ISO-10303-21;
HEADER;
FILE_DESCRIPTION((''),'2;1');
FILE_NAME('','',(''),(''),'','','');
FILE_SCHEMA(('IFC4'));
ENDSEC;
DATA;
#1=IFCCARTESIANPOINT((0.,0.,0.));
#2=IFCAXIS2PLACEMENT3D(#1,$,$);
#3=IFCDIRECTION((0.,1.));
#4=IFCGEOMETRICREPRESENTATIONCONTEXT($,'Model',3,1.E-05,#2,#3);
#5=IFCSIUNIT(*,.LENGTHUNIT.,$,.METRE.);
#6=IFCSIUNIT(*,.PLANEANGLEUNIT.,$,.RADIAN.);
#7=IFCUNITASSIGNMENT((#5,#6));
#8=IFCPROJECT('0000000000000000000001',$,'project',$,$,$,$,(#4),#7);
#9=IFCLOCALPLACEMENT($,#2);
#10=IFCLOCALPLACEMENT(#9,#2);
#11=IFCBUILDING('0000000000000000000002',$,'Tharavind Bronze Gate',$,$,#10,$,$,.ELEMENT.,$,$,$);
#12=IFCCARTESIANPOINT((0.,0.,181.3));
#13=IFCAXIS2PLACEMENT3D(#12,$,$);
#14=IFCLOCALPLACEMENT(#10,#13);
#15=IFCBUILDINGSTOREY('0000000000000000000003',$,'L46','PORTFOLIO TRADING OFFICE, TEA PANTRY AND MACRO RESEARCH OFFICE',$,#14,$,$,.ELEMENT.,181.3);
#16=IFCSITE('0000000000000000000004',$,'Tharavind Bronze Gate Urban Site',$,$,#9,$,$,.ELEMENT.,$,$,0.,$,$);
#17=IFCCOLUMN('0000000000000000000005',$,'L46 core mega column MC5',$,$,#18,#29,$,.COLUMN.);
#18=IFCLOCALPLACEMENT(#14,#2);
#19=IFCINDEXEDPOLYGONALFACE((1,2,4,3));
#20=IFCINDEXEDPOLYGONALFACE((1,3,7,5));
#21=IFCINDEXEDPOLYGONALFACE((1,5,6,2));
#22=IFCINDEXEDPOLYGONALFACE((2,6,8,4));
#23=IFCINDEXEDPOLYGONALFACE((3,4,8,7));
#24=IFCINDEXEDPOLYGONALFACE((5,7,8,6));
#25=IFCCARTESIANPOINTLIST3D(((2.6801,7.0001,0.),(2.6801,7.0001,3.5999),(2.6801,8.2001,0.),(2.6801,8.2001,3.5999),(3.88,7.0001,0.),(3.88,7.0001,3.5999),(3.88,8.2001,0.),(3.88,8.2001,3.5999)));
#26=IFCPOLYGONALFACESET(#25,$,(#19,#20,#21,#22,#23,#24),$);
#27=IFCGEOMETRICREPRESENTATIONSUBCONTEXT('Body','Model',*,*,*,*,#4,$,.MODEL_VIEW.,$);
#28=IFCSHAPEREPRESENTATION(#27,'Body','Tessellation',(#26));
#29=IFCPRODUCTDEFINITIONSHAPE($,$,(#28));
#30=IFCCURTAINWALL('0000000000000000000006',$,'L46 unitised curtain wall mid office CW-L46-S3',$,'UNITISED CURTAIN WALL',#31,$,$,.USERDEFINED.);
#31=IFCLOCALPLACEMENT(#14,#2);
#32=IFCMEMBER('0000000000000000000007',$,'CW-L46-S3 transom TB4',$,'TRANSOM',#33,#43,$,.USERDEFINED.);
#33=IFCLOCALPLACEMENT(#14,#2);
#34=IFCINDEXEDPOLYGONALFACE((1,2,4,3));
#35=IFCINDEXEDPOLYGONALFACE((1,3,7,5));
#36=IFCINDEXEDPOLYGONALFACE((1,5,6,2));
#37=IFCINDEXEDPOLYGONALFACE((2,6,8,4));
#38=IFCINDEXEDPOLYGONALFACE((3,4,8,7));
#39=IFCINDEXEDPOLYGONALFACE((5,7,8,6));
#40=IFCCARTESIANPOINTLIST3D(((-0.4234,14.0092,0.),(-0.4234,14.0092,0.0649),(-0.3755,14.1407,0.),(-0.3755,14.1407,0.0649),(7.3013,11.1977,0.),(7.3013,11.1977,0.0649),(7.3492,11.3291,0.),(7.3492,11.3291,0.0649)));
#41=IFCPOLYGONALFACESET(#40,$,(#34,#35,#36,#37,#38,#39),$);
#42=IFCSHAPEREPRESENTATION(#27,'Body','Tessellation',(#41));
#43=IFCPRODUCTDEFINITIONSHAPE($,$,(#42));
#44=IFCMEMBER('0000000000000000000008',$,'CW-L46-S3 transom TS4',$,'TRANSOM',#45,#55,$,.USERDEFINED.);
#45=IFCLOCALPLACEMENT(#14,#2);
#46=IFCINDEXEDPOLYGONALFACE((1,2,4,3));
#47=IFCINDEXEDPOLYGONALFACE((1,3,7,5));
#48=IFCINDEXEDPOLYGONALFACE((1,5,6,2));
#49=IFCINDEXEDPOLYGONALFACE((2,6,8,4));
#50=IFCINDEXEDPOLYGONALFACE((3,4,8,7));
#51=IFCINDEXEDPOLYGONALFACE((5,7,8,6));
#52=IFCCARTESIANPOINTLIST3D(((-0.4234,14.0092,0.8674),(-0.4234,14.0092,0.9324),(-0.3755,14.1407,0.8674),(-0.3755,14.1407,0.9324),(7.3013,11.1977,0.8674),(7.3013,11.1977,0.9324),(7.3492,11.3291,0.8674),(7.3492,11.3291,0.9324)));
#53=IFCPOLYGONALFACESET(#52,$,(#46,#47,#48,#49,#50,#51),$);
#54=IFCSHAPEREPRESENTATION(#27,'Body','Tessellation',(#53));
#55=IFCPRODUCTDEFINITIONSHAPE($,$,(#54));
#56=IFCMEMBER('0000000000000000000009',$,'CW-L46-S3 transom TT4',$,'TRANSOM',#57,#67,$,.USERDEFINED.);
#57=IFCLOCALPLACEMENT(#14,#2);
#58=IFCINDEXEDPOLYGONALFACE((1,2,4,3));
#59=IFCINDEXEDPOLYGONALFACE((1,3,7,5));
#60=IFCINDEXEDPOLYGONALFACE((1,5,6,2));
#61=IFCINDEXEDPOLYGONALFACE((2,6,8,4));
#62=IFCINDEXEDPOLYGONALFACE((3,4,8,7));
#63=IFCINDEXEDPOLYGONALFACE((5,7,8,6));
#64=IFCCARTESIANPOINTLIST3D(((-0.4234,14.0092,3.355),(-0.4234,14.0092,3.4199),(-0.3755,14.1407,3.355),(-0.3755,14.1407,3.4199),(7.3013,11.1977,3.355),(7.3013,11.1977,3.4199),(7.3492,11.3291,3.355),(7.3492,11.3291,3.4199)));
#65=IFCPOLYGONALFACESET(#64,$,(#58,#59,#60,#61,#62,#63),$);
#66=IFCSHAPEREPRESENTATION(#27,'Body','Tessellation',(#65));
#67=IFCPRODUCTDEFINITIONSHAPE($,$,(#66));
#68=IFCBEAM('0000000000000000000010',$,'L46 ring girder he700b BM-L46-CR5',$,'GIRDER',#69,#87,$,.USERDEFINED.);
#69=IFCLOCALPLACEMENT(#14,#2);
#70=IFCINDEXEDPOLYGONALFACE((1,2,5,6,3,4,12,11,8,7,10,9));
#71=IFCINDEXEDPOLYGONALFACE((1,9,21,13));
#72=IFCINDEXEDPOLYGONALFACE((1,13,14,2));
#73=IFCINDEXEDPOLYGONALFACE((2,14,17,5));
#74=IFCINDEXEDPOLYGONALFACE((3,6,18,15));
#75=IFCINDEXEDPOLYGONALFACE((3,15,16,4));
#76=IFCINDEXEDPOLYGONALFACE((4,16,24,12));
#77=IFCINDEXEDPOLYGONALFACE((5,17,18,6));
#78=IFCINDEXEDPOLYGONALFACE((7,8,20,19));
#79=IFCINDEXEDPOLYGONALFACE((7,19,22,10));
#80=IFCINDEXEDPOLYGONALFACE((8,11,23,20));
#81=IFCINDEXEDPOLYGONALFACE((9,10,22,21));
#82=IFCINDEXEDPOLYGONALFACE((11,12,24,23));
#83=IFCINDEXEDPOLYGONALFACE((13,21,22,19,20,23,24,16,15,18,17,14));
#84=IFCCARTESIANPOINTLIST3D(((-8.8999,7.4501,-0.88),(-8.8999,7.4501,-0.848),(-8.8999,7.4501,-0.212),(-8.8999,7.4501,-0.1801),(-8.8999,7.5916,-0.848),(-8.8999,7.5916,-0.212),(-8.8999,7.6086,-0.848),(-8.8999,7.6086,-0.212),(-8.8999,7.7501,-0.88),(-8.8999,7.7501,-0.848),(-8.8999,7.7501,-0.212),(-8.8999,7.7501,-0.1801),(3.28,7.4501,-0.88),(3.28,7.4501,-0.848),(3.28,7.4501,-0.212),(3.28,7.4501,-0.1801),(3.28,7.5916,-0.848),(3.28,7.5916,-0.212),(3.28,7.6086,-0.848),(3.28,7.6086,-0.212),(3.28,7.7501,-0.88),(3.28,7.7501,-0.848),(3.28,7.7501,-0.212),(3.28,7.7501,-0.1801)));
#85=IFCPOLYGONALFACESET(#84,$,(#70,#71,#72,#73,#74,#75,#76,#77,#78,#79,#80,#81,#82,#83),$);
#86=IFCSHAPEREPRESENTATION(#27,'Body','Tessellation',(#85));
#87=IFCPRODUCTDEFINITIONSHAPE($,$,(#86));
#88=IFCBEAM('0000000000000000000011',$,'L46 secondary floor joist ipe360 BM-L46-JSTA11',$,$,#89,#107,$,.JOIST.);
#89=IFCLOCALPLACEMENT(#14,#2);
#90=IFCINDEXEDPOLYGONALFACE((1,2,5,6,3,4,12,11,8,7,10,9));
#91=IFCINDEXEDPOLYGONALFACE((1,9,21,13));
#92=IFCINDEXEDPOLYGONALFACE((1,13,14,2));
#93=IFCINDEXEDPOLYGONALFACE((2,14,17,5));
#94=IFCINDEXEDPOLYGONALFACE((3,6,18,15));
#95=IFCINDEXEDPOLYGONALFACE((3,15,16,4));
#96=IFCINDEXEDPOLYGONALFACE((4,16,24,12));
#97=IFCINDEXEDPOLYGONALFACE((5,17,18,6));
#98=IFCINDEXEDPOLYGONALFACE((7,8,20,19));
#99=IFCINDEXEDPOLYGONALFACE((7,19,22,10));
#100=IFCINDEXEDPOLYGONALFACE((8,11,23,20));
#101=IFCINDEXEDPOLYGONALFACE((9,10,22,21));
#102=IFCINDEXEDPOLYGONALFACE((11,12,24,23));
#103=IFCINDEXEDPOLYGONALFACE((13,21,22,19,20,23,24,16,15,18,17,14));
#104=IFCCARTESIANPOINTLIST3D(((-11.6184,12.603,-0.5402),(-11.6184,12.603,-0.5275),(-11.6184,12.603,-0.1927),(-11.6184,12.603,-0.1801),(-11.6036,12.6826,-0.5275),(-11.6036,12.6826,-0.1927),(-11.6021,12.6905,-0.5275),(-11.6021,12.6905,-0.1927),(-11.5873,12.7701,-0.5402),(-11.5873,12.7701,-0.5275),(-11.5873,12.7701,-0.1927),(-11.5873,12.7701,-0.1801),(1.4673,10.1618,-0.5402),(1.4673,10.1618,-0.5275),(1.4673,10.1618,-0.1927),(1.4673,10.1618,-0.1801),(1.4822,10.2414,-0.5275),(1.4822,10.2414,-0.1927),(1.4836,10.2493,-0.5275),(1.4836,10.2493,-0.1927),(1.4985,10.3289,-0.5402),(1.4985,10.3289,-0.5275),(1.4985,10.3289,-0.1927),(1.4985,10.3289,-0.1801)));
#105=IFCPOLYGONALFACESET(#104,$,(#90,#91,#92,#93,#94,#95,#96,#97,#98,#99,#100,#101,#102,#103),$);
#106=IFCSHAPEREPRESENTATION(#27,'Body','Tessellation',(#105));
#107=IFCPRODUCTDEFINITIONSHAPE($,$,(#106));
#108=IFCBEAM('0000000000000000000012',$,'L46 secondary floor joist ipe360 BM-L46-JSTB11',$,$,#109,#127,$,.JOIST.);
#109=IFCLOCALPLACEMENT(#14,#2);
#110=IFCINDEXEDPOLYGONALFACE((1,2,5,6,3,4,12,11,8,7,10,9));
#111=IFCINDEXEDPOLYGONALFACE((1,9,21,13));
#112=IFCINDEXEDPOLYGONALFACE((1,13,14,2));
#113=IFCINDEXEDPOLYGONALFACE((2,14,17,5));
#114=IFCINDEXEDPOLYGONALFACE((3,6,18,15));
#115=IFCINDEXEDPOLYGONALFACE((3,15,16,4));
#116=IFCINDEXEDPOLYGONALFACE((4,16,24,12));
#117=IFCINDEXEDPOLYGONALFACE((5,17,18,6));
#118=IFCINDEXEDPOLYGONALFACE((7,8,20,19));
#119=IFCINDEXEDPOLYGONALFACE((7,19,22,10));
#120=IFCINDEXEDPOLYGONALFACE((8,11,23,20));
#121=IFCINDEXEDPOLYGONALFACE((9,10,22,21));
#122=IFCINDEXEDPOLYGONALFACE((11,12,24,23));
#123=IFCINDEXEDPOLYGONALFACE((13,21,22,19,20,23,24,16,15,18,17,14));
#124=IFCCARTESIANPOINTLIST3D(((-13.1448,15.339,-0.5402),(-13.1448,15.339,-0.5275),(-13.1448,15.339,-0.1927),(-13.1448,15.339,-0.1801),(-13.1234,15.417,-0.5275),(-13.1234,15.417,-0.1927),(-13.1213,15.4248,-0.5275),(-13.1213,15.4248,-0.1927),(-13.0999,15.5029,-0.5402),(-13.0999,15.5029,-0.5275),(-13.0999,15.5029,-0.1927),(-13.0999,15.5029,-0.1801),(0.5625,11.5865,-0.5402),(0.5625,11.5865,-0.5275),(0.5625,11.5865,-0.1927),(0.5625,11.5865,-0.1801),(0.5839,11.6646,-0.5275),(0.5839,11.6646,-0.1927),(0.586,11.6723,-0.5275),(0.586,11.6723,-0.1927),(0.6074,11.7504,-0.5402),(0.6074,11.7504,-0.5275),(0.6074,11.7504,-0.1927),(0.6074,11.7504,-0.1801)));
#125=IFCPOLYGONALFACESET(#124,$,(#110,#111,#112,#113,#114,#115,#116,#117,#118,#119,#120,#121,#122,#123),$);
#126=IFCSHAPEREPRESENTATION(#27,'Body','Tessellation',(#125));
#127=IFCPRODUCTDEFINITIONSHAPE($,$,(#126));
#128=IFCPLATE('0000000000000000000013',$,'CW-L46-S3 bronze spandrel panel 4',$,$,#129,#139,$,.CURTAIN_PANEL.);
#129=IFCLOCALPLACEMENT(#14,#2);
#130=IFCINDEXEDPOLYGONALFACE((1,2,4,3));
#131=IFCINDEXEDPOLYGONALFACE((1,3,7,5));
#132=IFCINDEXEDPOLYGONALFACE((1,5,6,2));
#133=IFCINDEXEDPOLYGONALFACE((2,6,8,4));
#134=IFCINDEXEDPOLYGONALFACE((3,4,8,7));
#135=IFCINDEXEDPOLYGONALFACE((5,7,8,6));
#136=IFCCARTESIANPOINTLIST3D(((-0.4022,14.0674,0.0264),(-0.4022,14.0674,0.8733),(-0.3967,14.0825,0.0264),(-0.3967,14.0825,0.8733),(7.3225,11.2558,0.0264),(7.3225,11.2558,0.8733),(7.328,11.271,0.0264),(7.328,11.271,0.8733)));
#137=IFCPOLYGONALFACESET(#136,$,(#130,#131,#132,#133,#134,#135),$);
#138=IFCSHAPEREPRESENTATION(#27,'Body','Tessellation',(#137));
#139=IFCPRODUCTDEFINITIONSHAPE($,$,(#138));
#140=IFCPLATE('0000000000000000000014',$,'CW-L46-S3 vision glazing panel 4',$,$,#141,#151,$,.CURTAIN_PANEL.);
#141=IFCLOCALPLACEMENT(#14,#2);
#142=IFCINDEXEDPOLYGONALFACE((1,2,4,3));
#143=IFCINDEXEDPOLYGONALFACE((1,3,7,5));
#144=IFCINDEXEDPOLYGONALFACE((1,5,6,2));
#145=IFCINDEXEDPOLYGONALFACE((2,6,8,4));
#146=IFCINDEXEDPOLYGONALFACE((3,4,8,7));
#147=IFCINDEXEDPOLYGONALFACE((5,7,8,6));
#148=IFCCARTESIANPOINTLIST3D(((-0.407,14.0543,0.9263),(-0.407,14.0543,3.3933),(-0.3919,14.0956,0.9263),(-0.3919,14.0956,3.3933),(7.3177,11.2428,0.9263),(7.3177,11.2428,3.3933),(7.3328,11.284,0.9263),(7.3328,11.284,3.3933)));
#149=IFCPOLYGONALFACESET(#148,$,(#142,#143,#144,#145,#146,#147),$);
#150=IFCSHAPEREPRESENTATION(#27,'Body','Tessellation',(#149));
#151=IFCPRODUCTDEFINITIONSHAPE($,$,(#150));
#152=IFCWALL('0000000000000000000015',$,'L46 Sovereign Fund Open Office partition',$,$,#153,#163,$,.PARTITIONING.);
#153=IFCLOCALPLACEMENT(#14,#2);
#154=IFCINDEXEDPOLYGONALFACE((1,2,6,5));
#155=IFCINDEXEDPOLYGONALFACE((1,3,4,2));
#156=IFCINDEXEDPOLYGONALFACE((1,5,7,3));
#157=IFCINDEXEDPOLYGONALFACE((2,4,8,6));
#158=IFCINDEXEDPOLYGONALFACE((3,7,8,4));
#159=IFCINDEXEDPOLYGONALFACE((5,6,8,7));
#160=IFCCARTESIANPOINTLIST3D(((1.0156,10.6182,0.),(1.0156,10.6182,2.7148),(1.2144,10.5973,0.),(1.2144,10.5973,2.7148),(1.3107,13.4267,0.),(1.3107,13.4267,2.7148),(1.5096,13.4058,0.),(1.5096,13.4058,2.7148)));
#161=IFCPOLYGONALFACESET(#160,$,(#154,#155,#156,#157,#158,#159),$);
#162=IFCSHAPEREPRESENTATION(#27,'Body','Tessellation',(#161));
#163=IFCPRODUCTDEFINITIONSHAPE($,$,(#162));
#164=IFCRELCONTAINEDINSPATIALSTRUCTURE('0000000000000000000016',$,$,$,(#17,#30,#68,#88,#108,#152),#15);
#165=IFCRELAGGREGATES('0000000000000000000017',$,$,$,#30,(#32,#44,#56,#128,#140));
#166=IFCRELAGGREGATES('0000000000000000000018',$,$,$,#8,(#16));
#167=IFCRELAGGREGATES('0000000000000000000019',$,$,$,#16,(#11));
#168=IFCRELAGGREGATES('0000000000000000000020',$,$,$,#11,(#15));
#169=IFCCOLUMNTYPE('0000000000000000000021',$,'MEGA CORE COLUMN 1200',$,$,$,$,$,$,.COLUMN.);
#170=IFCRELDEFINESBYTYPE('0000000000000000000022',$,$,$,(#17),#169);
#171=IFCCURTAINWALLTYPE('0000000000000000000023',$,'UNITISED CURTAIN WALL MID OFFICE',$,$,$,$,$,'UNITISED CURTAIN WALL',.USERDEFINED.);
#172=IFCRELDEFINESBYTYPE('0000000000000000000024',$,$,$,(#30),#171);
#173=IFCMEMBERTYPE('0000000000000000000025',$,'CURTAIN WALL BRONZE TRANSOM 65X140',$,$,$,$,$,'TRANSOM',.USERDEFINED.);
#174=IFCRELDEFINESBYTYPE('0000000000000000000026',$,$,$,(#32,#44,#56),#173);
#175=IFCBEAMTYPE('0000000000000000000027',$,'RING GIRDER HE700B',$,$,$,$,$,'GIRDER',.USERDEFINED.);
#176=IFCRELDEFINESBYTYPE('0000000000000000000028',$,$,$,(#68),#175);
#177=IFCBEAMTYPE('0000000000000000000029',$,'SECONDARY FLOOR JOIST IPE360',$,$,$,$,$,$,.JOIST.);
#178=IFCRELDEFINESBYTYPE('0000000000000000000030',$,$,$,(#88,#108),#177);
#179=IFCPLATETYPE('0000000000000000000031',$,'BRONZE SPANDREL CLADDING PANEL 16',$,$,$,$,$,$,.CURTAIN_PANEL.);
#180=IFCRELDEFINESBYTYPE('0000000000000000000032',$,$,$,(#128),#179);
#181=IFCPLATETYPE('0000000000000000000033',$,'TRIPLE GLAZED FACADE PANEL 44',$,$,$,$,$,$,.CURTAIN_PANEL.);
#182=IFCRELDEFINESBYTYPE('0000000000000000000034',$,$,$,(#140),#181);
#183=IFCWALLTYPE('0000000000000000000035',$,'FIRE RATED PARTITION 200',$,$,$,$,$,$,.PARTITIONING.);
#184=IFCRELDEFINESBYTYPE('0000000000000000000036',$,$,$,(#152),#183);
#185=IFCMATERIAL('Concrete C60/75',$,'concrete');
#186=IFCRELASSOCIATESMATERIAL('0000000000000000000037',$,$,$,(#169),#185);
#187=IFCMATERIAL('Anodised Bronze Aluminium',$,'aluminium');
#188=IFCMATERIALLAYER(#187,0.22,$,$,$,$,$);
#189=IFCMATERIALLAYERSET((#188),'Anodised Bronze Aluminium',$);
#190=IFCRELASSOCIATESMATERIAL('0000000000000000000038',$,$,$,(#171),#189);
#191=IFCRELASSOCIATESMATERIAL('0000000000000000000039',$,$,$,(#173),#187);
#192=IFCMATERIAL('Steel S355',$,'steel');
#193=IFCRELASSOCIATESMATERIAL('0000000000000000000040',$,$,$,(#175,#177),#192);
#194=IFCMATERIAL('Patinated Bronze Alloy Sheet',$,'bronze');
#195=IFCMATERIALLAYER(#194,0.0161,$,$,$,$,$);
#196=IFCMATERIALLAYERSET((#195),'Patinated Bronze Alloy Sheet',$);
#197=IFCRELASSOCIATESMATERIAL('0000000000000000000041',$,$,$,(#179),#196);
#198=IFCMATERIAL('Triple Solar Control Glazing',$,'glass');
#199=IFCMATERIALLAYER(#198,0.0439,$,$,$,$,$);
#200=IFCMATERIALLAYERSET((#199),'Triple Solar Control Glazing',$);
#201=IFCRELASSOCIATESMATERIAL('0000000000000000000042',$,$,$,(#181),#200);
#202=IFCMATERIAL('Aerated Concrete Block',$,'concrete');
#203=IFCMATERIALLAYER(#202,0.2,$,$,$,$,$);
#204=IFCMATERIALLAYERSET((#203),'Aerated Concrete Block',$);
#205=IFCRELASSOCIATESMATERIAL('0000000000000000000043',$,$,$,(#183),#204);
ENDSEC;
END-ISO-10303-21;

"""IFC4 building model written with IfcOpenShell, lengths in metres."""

from ifc_helpers import new_model, si_unit, direction, frame, frame_2d, origin, origin_2d, place, context, subcontext, project, spatial, rectangle, i_section, extrude, material, layer, layer_set, material_profile, profile_set, type_object, element, aggregate, save


model = new_model("IFC4")

# Units and contexts
model_context = context("Model", 3, precision=1e-05, world=origin(), true_north=direction((0.0, 1.0)))
body_context = subcontext(model_context, "Body", "Model", "MODEL_VIEW")
ifc_project = project(units=[si_unit("LENGTHUNIT", "METRE"), si_unit("PLANEANGLEUNIT", "RADIAN")], contexts=[model_context])

# Site, building, storey
site_placement = place(None, origin())
site = spatial("IfcSite", under=ifc_project, at=site_placement, Name="Tharavind Bronze Gate Urban Site", CompositionType="ELEMENT", RefElevation=0.0)
building_placement = place(site_placement, origin())
building = spatial("IfcBuilding", under=site, at=building_placement, Name="Tharavind Bronze Gate", CompositionType="ELEMENT")
storey_placement = place(building_placement, frame((0.0, 0.0, 181.3)))
storey = spatial("IfcBuildingStorey", under=building, at=storey_placement, Name="L46", Description="PORTFOLIO TRADING OFFICE, TEA PANTRY AND MACRO RESEARCH OFFICE", CompositionType="ELEMENT", Elevation=181.3)

# Column
ifc_material_1 = material(Name="Concrete C60/75", Category="concrete")
ifc_material_profile_1 = material_profile(ifc_material_1, rectangle(XDim=1.2, YDim=1.2, at=origin_2d()), Name="RCCOL1200")
ifc_profile_set_1 = profile_set([ifc_material_profile_1], Name="Concrete C60/75")
column_type = type_object("IfcColumnType", Name="MEGA CORE COLUMN 1200", PredefinedType="COLUMN", material=ifc_profile_set_1)
column_placement = place(storey_placement, frame((3.28, 7.6001, 0.0), z_axis=(0.0, 0.0, 1.0), x_axis=(1.0, 0.0, 0.0)))
element("IfcColumn", 1, at=column_placement, inside=storey, type_object=column_type, Name="L46 core mega column MC5", PredefinedType="COLUMN", context=body_context, shape_type="SweptSolid", body=[
    extrude(rectangle(XDim=1.2, YDim=1.2, at=origin_2d()), origin(), (0.0, 0.0, 1.0), 3.5999),
])

# Curtain wall, members
ifc_material_2 = material(Name="Anodised Bronze Aluminium", Category="aluminium")
ifc_layer_1 = layer(ifc_material_2, 0.22)
ifc_layer_set_1 = layer_set([ifc_layer_1], Name="Anodised Bronze Aluminium")
curtain_wall_type = type_object("IfcCurtainWallType", Name="UNITISED CURTAIN WALL MID OFFICE", ElementType="UNITISED CURTAIN WALL", PredefinedType="USERDEFINED", material=ifc_layer_set_1)
curtain_wall_placement = place(storey_placement, origin())
curtain_wall = element("IfcCurtainWall", 2, at=curtain_wall_placement, inside=storey, type_object=curtain_wall_type, Name="L46 unitised curtain wall mid office CW-L46-S3", ObjectType="UNITISED CURTAIN WALL", PredefinedType="USERDEFINED")
member_type = type_object("IfcMemberType", Name="CURTAIN WALL BRONZE TRANSOM 65X140", ElementType="TRANSOM", PredefinedType="USERDEFINED", material=ifc_material_2)
member_1_placement = place(storey_placement, frame((3.4629, 12.6692, 0.0), z_axis=(0.0, 0.0, 1.0), x_axis=(-0.939692, 0.342022, 0.0)))
member_1 = element("IfcMember", 3, at=member_1_placement, type_object=member_type, Name="CW-L46-S3 transom TB4", ObjectType="TRANSOM", PredefinedType="USERDEFINED", context=body_context, shape_type="SweptSolid", body=[
    extrude(rectangle(XDim=8.2205, YDim=0.1399, at=origin_2d()), origin(), (0.0, 0.0, 1.0), 0.0649),
])
member_2_placement = place(storey_placement, frame((3.4629, 12.6692, 0.8674), z_axis=(0.0, 0.0, 1.0), x_axis=(-0.939692, 0.342022, 0.0)))
member_2 = element("IfcMember", 4, at=member_2_placement, type_object=member_type, Name="CW-L46-S3 transom TS4", ObjectType="TRANSOM", PredefinedType="USERDEFINED", context=body_context, shape_type="SweptSolid", body=[
    extrude(rectangle(XDim=8.2205, YDim=0.1399, at=origin_2d()), origin(), (0.0, 0.0, 1.0), 0.0649),
])
member_3_placement = place(storey_placement, frame((3.4629, 12.6692, 3.355), z_axis=(0.0, 0.0, 1.0), x_axis=(-0.939692, 0.342022, 0.0)))
member_3 = element("IfcMember", 5, at=member_3_placement, type_object=member_type, Name="CW-L46-S3 transom TT4", ObjectType="TRANSOM", PredefinedType="USERDEFINED", context=body_context, shape_type="SweptSolid", body=[
    extrude(rectangle(XDim=8.2205, YDim=0.1399, at=origin_2d()), origin(), (0.0, 0.0, 1.0), 0.0649),
])

# Beams
ifc_material_3 = material(Name="Steel S355", Category="steel")
ifc_material_profile_2 = material_profile(ifc_material_3, i_section(OverallWidth=0.3, OverallDepth=0.7, WebThickness=0.0171, FlangeThickness=0.032, at=origin_2d()), Name="HE700B")
ifc_profile_set_2 = profile_set([ifc_material_profile_2], Name="Steel S355")
beam_type_1 = type_object("IfcBeamType", Name="RING GIRDER HE700B", ElementType="GIRDER", PredefinedType="USERDEFINED", material=ifc_profile_set_2)
beam_1_placement = place(storey_placement, frame((3.28, 7.6001, -0.53), z_axis=(-1.0, 0.0, 0.0), x_axis=(0.0, -1.0, 0.0)))
element("IfcBeam", 6, at=beam_1_placement, inside=storey, type_object=beam_type_1, Name="L46 ring girder he700b BM-L46-CR5", ObjectType="GIRDER", PredefinedType="USERDEFINED", context=body_context, shape_type="SweptSolid", body=[
    extrude(i_section(OverallWidth=0.3, OverallDepth=0.7, WebThickness=0.0171, FlangeThickness=0.032, at=origin_2d()), origin(), (0.0, 0.0, 1.0), 12.1799),
])
ifc_material_profile_3 = material_profile(ifc_material_3, i_section(OverallWidth=0.1699, OverallDepth=0.3601, WebThickness=0.0081, FlangeThickness=0.0127, at=origin_2d()), Name="IPE360")
ifc_profile_set_3 = profile_set([ifc_material_profile_3], Name="Steel S355")
beam_type_2 = type_object("IfcBeamType", Name="SECONDARY FLOOR JOIST IPE360", PredefinedType="JOIST", material=ifc_profile_set_3)
beam_2_placement = place(storey_placement, frame((1.4829, 10.2454, -0.3601), z_axis=(-0.983041, 0.183388, 0.0), x_axis=(-0.183388, -0.983041, 0.0)))
element("IfcBeam", 7, at=beam_2_placement, inside=storey, type_object=beam_type_2, Name="L46 secondary floor joist ipe360 BM-L46-JSTA11", PredefinedType="JOIST", context=body_context, shape_type="SweptSolid", body=[
    extrude(i_section(OverallWidth=0.1699, OverallDepth=0.3601, WebThickness=0.0081, FlangeThickness=0.0127, at=origin_2d()), origin(), (0.0, 0.0, 1.0), 13.3115),
])
beam_3_placement = place(storey_placement, frame((0.585, 11.6685, -0.3601), z_axis=(-0.964512, 0.26404, 0.0), x_axis=(-0.26404, -0.964512, 0.0)))
element("IfcBeam", 8, at=beam_3_placement, inside=storey, type_object=beam_type_2, Name="L46 secondary floor joist ipe360 BM-L46-JSTB11", PredefinedType="JOIST", context=body_context, shape_type="SweptSolid", body=[
    extrude(i_section(OverallWidth=0.1699, OverallDepth=0.3601, WebThickness=0.0081, FlangeThickness=0.0127, at=origin_2d()), origin(), (0.0, 0.0, 1.0), 14.2117),
])

# Plates
ifc_material_4 = material(Name="Patinated Bronze Alloy Sheet", Category="bronze")
ifc_layer_2 = layer(ifc_material_4, 0.0161)
ifc_layer_set_2 = layer_set([ifc_layer_2], Name="Patinated Bronze Alloy Sheet")
plate_type_1 = type_object("IfcPlateType", Name="BRONZE SPANDREL CLADDING PANEL 16", PredefinedType="CURTAIN_PANEL", material=ifc_layer_set_2)
plate_1_placement = place(storey_placement, frame((3.4629, 12.6692, 0.0264), z_axis=(0.0, 0.0, 1.0), x_axis=(-0.939692, 0.342022, 0.0)))
plate_1 = element("IfcPlate", 9, at=plate_1_placement, type_object=plate_type_1, Name="CW-L46-S3 bronze spandrel panel 4", PredefinedType="CURTAIN_PANEL", context=body_context, shape_type="SweptSolid", body=[
    extrude(rectangle(XDim=8.2205, YDim=0.0161, at=origin_2d()), origin(), (0.0, 0.0, 1.0), 0.8469),
])
ifc_material_5 = material(Name="Triple Solar Control Glazing", Category="glass")
ifc_layer_3 = layer(ifc_material_5, 0.0439)
ifc_layer_set_3 = layer_set([ifc_layer_3], Name="Triple Solar Control Glazing")
plate_type_2 = type_object("IfcPlateType", Name="TRIPLE GLAZED FACADE PANEL 44", PredefinedType="CURTAIN_PANEL", material=ifc_layer_set_3)
plate_2_placement = place(storey_placement, frame((3.4629, 12.6692, 0.9263), z_axis=(0.0, 0.0, 1.0), x_axis=(-0.939692, 0.342022, 0.0)))
plate_2 = element("IfcPlate", 10, at=plate_2_placement, type_object=plate_type_2, Name="CW-L46-S3 vision glazing panel 4", PredefinedType="CURTAIN_PANEL", context=body_context, shape_type="SweptSolid", body=[
    extrude(rectangle(XDim=8.2205, YDim=0.0439, at=origin_2d()), origin(), (0.0, 0.0, 1.0), 2.467),
])
aggregate(curtain_wall, [member_1, member_2, member_3, plate_1, plate_2])

# Wall
ifc_material_6 = material(Name="Aerated Concrete Block", Category="concrete")
ifc_layer_4 = layer(ifc_material_6, 0.2)
ifc_layer_set_4 = layer_set([ifc_layer_4], Name="Aerated Concrete Block")
wall_type_1 = type_object("IfcWallType", Name="FIRE RATED PARTITION 200", PredefinedType="PARTITIONING", material=ifc_layer_set_4)
wall_1_placement = place(storey_placement, frame((1.115, 10.6077, 0.0), z_axis=(0.0, 0.0, 1.0), x_axis=(0.104518, 0.994523, 0.0)))
element("IfcWall", 11, at=wall_1_placement, inside=storey, type_object=wall_type_1, Name="L46 Sovereign Fund Open Office partition", PredefinedType="PARTITIONING", context=body_context, shape_type="SweptSolid", body=[
    extrude(rectangle(XDim=2.824, YDim=0.2, at=frame_2d((1.4121, 0.0))), origin(), (0.0, 0.0, 1.0), 2.7148),
])

save(model, "model.ifc")
